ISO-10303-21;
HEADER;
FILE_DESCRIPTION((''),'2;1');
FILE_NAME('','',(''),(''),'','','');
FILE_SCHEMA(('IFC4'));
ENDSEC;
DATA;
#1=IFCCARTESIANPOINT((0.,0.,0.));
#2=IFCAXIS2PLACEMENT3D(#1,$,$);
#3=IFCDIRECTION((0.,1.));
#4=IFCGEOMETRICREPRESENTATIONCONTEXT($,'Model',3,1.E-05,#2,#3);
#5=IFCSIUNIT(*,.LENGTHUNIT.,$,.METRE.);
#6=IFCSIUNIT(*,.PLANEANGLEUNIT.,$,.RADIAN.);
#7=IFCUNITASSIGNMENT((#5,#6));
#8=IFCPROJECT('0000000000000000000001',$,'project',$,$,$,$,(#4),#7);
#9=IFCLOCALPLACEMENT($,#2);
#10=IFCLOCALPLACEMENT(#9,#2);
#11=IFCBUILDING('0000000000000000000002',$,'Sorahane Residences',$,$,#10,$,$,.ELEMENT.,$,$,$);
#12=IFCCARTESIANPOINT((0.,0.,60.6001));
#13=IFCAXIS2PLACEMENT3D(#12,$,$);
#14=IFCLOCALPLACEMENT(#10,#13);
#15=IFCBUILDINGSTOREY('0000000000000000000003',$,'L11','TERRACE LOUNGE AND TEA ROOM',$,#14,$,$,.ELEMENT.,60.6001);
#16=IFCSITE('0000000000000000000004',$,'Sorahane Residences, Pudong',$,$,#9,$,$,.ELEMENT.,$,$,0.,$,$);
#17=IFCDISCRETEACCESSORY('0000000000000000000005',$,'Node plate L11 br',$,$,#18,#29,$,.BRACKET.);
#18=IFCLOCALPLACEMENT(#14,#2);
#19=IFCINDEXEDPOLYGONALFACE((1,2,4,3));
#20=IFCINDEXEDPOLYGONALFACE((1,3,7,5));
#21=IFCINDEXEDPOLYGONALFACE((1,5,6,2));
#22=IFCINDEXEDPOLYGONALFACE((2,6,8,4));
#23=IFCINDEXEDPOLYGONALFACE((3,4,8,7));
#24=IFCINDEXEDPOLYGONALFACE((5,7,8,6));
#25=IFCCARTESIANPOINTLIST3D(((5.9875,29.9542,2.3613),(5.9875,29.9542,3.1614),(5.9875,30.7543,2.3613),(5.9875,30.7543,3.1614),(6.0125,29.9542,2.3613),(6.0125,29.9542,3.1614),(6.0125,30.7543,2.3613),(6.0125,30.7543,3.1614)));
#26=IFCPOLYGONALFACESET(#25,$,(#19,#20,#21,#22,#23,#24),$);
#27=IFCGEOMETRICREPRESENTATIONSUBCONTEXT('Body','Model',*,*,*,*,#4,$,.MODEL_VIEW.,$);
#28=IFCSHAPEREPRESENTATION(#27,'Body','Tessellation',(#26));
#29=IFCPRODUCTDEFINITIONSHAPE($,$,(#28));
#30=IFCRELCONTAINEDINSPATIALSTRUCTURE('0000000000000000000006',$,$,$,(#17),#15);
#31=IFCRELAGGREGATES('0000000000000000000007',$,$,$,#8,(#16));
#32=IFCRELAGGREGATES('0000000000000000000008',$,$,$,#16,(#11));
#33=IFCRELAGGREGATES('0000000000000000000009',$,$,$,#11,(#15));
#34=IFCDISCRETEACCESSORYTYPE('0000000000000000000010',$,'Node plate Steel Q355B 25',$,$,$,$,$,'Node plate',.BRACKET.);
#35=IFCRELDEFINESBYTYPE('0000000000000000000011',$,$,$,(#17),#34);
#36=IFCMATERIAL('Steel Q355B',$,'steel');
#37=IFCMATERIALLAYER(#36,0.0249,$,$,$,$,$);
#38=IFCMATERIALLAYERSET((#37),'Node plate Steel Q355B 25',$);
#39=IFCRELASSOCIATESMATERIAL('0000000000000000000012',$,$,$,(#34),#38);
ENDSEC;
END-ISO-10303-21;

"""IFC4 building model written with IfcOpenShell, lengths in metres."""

from ifc_helpers import new_model, si_unit, direction, frame, origin, origin_2d, place, context, subcontext, project, spatial, rectangle, extrude, material, layer, layer_set, type_object, element, save


model = new_model("IFC4")

# Units and contexts
model_context = context("Model", 3, precision=1e-05, world=origin(), true_north=direction((0.0, 1.0)))
body_context = subcontext(model_context, "Body", "Model", "MODEL_VIEW")
ifc_project = project(units=[si_unit("LENGTHUNIT", "METRE"), si_unit("PLANEANGLEUNIT", "RADIAN")], contexts=[model_context])

# Site, building, storey
site_placement = place(None, origin())
site = spatial("IfcSite", under=ifc_project, at=site_placement, Name="Sorahane Residences, Pudong", CompositionType="ELEMENT", RefElevation=0.0)
building_placement = place(site_placement, origin())
building = spatial("IfcBuilding", under=site, at=building_placement, Name="Sorahane Residences", CompositionType="ELEMENT")
storey_placement = place(building_placement, frame((0.0, 0.0, 60.6001)))
storey = spatial("IfcBuildingStorey", under=building, at=storey_placement, Name="L11", Description="TERRACE LOUNGE AND TEA ROOM", CompositionType="ELEMENT", Elevation=60.6001)

# Discrete accessory
ifc_material_1 = material(Name="Steel Q355B", Category="steel")
ifc_layer_1 = layer(ifc_material_1, 0.0249)
ifc_layer_set_1 = layer_set([ifc_layer_1], Name="Node plate Steel Q355B 25")
discrete_accessory_type = type_object("IfcDiscreteAccessoryType", Name="Node plate Steel Q355B 25", ElementType="Node plate", PredefinedType="BRACKET", material=ifc_layer_set_1)
for number, where, z_axis, x_axis, name in (
    (1, (6.0, 30.3542, 2.3613), (0.0, 0.0, 1.0), (0.0, 1.0, 0.0), "Node plate L11 br"),
):
    element("IfcDiscreteAccessory", number, at=place(storey_placement, frame(where, z_axis=z_axis, x_axis=x_axis)), inside=storey, type_object=discrete_accessory_type, Name=name, PredefinedType="BRACKET", context=body_context, shape_type="SweptSolid", body=[
        extrude(rectangle(XDim=0.8, YDim=0.0249, at=origin_2d()), origin(), (0.0, 0.0, 1.0), 0.8),
    ])

save(model, "model.ifc")
